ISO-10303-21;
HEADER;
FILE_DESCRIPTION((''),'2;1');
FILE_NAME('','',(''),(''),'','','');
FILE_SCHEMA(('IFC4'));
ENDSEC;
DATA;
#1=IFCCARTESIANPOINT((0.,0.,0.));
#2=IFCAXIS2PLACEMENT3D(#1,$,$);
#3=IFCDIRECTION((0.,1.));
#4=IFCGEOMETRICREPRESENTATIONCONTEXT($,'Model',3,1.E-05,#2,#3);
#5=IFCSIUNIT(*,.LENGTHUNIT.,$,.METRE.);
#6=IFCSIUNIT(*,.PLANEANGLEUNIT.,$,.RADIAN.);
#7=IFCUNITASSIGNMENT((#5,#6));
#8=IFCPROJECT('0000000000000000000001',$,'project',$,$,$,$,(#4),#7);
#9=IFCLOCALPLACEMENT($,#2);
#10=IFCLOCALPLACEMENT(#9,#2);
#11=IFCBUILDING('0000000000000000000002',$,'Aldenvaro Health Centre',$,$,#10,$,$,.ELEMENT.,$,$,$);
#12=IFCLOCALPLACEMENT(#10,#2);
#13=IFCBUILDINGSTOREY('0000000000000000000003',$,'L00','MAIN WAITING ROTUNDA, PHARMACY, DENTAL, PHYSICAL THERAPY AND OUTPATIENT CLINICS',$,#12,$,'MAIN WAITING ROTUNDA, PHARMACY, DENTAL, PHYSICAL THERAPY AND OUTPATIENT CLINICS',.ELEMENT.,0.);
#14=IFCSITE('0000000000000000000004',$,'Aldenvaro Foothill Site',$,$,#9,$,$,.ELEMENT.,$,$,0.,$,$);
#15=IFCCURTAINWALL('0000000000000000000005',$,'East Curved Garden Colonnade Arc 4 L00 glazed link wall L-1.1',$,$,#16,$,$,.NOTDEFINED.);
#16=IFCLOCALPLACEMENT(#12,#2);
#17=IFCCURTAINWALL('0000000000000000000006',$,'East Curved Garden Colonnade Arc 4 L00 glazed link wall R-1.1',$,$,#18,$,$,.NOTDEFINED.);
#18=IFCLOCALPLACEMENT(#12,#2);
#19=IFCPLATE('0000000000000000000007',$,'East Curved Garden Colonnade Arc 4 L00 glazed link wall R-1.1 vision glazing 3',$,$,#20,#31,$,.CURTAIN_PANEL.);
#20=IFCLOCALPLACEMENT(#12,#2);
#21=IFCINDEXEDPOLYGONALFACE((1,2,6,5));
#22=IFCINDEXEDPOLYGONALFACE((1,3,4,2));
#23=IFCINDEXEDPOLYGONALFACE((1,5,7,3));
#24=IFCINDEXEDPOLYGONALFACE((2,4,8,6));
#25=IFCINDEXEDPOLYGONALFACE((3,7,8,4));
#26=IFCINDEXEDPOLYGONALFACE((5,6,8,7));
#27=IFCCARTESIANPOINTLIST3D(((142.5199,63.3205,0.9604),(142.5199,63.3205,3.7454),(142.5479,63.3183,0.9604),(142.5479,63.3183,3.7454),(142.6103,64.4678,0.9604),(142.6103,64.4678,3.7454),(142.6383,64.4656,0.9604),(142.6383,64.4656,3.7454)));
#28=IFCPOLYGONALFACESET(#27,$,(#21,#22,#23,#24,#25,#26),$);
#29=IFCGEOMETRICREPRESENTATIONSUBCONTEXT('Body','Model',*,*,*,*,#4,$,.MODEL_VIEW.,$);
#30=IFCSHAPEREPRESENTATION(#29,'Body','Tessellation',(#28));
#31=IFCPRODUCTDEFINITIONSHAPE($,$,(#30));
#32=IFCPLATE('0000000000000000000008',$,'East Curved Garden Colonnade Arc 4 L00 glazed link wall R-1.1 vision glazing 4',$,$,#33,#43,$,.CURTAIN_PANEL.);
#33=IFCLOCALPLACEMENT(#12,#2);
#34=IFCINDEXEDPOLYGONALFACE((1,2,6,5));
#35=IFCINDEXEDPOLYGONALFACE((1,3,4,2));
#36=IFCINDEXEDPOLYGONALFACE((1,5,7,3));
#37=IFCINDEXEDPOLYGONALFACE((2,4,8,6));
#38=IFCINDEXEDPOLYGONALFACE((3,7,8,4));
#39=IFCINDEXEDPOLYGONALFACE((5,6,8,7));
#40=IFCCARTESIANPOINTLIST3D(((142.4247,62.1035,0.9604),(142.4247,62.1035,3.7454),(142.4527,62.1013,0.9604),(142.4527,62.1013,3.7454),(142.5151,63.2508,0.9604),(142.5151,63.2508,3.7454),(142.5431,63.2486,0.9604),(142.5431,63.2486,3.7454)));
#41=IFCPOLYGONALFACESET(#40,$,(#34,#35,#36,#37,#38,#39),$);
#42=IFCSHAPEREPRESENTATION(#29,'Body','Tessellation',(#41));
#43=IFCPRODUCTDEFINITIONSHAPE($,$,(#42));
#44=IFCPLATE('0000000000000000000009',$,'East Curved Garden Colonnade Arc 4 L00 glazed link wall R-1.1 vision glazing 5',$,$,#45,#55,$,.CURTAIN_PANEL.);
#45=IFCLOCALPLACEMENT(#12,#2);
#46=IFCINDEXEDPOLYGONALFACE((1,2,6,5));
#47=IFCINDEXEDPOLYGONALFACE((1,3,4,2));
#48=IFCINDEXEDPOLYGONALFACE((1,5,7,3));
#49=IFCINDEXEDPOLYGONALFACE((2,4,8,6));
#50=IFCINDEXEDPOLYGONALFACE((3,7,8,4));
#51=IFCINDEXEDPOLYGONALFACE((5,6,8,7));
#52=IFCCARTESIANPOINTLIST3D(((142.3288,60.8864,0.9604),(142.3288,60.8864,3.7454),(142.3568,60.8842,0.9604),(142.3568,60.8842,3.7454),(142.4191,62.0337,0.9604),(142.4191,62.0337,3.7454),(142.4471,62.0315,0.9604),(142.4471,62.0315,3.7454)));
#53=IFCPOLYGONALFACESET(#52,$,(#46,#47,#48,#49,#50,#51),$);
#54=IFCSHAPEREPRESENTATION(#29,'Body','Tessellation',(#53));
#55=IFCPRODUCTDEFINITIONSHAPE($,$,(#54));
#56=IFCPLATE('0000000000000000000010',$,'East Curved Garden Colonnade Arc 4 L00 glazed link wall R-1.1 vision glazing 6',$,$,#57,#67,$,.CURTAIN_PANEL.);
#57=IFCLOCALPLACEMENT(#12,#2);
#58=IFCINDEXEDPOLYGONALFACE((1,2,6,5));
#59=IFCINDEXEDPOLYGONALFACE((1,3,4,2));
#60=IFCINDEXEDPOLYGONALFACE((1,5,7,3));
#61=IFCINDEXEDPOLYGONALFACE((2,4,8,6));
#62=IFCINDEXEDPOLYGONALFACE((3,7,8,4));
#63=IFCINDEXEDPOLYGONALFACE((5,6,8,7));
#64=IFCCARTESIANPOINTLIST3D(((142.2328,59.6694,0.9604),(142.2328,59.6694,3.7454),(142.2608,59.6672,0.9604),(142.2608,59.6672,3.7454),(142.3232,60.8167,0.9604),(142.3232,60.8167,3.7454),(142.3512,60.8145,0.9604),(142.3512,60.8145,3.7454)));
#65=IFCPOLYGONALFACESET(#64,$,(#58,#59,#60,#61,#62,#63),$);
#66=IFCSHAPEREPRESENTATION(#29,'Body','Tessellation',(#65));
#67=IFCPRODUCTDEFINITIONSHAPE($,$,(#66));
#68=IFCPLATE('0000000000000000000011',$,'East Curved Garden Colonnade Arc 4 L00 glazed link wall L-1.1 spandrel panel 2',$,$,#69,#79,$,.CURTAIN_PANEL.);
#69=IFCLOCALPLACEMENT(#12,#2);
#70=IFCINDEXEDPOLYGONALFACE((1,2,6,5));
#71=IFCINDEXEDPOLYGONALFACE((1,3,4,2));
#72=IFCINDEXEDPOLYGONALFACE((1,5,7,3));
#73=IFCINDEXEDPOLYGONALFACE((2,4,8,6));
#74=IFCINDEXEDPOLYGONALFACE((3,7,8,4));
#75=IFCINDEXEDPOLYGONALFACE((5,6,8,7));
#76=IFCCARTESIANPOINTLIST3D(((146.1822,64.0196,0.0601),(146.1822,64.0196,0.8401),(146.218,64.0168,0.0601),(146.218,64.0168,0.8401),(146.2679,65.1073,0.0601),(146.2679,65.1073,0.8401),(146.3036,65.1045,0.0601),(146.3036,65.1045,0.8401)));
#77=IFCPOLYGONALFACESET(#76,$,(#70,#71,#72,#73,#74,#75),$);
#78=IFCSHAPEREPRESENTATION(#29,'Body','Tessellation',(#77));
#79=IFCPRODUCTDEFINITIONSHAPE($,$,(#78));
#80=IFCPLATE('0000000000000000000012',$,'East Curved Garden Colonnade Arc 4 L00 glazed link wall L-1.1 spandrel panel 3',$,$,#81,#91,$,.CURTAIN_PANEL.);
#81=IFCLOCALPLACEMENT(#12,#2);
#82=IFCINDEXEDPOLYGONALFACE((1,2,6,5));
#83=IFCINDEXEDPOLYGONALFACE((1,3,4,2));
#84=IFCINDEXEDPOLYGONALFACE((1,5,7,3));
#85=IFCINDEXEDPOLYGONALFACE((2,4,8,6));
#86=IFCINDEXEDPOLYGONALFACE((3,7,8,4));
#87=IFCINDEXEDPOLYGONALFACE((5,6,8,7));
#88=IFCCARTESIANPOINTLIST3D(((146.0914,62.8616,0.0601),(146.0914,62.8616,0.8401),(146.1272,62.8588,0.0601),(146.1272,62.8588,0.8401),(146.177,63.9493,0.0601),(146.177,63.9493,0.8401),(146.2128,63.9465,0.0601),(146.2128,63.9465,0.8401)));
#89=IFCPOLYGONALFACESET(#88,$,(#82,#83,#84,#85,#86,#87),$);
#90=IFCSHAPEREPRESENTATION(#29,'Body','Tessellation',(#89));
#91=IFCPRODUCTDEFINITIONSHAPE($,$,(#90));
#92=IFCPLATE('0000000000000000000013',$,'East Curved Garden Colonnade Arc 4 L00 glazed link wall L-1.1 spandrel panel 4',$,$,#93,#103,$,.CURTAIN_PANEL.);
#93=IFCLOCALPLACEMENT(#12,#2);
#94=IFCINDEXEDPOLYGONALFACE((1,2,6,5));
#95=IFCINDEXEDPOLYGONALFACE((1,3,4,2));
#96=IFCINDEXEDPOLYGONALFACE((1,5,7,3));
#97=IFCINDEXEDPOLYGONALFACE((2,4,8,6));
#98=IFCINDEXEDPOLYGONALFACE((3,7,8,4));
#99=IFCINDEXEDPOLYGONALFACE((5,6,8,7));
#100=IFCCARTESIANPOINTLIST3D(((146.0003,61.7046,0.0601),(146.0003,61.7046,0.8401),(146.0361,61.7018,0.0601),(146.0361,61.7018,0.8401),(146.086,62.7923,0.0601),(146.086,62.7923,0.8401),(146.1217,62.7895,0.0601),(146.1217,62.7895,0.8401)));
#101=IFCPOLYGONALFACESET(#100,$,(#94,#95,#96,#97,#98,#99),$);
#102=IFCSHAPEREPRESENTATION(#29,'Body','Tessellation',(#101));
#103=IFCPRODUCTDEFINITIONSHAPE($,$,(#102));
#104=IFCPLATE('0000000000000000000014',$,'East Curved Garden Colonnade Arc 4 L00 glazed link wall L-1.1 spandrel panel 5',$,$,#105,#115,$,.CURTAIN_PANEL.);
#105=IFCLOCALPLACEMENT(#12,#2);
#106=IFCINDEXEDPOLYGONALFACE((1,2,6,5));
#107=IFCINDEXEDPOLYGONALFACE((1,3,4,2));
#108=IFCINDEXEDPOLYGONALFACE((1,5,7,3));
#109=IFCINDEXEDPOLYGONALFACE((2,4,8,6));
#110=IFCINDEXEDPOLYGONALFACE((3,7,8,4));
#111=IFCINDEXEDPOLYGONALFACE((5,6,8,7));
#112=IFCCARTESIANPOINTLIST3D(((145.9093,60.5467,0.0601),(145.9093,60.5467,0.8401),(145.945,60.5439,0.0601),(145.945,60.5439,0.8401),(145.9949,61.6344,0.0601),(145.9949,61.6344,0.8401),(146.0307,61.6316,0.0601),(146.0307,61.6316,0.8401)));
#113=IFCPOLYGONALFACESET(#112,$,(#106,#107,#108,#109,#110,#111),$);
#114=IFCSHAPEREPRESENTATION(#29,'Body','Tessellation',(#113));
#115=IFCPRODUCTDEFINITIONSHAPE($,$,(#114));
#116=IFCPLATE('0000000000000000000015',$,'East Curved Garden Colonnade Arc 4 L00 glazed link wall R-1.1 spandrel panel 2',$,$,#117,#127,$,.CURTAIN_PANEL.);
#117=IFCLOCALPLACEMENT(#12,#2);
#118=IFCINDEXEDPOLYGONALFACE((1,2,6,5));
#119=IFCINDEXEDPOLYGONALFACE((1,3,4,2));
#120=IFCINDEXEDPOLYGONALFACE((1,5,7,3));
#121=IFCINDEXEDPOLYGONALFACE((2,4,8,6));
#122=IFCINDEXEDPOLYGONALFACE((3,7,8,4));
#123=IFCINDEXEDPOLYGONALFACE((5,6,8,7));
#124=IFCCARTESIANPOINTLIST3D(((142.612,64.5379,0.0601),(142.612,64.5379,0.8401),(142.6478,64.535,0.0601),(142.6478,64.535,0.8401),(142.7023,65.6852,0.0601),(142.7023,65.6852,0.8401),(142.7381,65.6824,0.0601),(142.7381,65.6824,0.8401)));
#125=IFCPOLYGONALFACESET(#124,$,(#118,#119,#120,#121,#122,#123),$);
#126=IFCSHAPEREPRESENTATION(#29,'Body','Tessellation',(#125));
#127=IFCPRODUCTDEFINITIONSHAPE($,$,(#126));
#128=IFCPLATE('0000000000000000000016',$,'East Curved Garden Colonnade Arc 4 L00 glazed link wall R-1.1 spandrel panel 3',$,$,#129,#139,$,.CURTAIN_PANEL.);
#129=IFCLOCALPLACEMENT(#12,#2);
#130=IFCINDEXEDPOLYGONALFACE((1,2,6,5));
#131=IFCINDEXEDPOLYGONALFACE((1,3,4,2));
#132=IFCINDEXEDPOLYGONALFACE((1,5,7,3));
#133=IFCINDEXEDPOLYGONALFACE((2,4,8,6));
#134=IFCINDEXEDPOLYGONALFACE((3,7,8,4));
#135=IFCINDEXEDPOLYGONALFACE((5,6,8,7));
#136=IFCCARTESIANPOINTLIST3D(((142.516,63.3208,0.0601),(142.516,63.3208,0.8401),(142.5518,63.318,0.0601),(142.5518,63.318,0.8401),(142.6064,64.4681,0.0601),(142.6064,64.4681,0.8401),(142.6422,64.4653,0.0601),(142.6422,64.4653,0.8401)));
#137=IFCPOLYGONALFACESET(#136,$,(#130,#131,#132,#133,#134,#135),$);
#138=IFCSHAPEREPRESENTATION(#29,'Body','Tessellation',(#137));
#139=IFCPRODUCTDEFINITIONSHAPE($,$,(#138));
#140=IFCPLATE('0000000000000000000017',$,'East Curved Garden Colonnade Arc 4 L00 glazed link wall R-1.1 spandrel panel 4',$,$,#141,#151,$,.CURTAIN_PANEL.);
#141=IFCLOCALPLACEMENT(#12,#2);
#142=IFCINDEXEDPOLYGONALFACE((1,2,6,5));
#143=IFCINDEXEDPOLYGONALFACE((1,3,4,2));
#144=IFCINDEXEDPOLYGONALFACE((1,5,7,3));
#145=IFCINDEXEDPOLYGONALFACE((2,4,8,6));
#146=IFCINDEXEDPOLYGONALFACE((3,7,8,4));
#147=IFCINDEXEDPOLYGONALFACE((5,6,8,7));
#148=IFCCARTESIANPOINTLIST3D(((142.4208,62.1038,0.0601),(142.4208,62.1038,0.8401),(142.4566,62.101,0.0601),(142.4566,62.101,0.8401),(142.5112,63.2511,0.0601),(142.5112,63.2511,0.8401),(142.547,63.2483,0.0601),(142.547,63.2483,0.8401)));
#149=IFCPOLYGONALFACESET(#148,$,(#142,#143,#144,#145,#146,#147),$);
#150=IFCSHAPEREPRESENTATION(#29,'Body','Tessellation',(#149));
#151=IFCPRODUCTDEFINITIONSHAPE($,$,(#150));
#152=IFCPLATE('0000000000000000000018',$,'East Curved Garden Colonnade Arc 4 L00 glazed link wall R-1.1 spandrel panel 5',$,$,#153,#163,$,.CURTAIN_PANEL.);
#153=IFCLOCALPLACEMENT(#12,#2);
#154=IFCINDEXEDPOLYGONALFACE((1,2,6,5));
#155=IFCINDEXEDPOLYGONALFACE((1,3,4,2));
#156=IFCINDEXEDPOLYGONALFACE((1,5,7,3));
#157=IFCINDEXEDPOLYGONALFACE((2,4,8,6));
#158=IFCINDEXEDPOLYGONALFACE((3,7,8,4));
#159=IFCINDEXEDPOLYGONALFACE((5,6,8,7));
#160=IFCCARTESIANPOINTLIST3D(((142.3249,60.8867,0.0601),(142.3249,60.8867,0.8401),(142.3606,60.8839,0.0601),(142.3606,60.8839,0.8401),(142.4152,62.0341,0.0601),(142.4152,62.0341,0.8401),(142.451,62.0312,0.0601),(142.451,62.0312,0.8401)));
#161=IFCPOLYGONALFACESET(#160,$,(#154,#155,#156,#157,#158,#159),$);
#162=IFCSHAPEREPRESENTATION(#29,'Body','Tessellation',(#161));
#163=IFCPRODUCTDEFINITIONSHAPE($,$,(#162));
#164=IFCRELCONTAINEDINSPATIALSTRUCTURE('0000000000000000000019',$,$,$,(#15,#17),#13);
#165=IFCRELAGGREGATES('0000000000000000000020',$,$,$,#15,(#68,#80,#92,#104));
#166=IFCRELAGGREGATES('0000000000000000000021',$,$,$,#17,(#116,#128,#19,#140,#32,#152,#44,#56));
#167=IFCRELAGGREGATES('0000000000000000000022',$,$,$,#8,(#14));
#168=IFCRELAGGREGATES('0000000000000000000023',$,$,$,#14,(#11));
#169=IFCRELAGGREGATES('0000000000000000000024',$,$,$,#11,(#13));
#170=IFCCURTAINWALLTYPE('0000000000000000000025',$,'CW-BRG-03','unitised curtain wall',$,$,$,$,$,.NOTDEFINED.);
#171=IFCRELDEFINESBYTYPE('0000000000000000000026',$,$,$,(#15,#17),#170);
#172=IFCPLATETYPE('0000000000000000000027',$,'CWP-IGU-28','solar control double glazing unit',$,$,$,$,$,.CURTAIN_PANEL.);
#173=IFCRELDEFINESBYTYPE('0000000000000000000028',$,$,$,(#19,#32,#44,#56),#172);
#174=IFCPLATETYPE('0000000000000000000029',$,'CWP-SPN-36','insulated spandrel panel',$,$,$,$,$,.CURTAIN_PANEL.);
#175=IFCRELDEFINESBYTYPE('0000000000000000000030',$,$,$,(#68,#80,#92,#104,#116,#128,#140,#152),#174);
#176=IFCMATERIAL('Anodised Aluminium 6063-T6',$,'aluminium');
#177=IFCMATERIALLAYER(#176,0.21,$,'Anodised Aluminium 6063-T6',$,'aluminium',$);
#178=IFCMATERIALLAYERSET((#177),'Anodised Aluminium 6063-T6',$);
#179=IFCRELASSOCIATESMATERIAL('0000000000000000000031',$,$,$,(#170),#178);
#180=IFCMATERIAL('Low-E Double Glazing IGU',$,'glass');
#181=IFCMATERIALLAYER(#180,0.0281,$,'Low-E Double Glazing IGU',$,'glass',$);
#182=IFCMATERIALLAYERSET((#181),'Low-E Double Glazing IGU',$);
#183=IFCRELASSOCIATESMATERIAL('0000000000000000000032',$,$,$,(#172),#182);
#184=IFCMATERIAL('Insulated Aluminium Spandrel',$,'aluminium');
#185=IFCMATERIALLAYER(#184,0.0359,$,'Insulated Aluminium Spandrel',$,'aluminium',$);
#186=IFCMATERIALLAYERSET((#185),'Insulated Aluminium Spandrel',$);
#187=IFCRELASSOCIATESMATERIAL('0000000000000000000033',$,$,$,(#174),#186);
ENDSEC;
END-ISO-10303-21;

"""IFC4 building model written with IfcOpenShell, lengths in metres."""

from ifc_helpers import new_model, si_unit, direction, frame, origin, origin_2d, place, context, subcontext, project, spatial, rectangle, extrude, material, layer, layer_set, type_object, element, aggregate, save


model = new_model("IFC4")

# Units and contexts
model_context = context("Model", 3, precision=1e-05, world=origin(), true_north=direction((0.0, 1.0)))
body_context = subcontext(model_context, "Body", "Model", "MODEL_VIEW")
ifc_project = project(units=[si_unit("LENGTHUNIT", "METRE"), si_unit("PLANEANGLEUNIT", "RADIAN")], contexts=[model_context])

# Site, building, storey
site_placement = place(None, origin())
site = spatial("IfcSite", under=ifc_project, at=site_placement, Name="Aldenvaro Foothill Site", CompositionType="ELEMENT", RefElevation=0.0)
building_placement = place(site_placement, origin())
building = spatial("IfcBuilding", under=site, at=building_placement, Name="Aldenvaro Health Centre", CompositionType="ELEMENT")
storey_placement = place(building_placement, origin())
storey = spatial("IfcBuildingStorey", under=building, at=storey_placement, Name="L00", Description="MAIN WAITING ROTUNDA, PHARMACY, DENTAL, PHYSICAL THERAPY AND OUTPATIENT CLINICS", LongName="MAIN WAITING ROTUNDA, PHARMACY, DENTAL, PHYSICAL THERAPY AND OUTPATIENT CLINICS", CompositionType="ELEMENT", Elevation=0.0)

# Curtain walls
ifc_material_1 = material(Name="Anodised Aluminium 6063-T6", Category="aluminium")
ifc_layer_1 = layer(ifc_material_1, 0.21, Name="Anodised Aluminium 6063-T6", Category="aluminium")
ifc_layer_set_1 = layer_set([ifc_layer_1], Name="Anodised Aluminium 6063-T6")
curtain_wall_type = type_object("IfcCurtainWallType", Name="CW-BRG-03", Description="unitised curtain wall", PredefinedType="NOTDEFINED", material=ifc_layer_set_1)
curtain_wall_1_placement = place(storey_placement, origin())
curtain_wall_1 = element("IfcCurtainWall", 1, at=curtain_wall_1_placement, inside=storey, type_object=curtain_wall_type, Name="East Curved Garden Colonnade Arc 4 L00 glazed link wall L-1.1", PredefinedType="NOTDEFINED")
curtain_wall_2_placement = place(storey_placement, origin())
curtain_wall_2 = element("IfcCurtainWall", 2, at=curtain_wall_2_placement, inside=storey, type_object=curtain_wall_type, Name="East Curved Garden Colonnade Arc 4 L00 glazed link wall R-1.1", PredefinedType="NOTDEFINED")

# Plates
ifc_material_2 = material(Name="Low-E Double Glazing IGU", Category="glass")
ifc_layer_2 = layer(ifc_material_2, 0.0281, Name="Low-E Double Glazing IGU", Category="glass")
ifc_layer_set_2 = layer_set([ifc_layer_2], Name="Low-E Double Glazing IGU")
plate_type_1 = type_object("IfcPlateType", Name="CWP-IGU-28", Description="solar control double glazing unit", PredefinedType="CURTAIN_PANEL", material=ifc_layer_set_2)
plate_1_placement = place(storey_placement, frame((142.5791, 63.8931, 0.9604), z_axis=(0.0, 0.0, 1.0), x_axis=(-0.078513, -0.996913, 0.0)))
plate_1 = element("IfcPlate", 3, at=plate_1_placement, type_object=plate_type_1, Name="East Curved Garden Colonnade Arc 4 L00 glazed link wall R-1.1 vision glazing 3", PredefinedType="CURTAIN_PANEL", context=body_context, shape_type="SweptSolid", body=[
    extrude(rectangle(XDim=1.1509, YDim=0.0281, at=origin_2d()), origin(), (0.0, 0.0, 1.0), 2.7849),
])
plate_2_placement = place(storey_placement, frame((142.4839, 62.676, 0.9604), z_axis=(0.0, 0.0, 1.0), x_axis=(-0.078513, -0.996913, 0.0)))
plate_2 = element("IfcPlate", 4, at=plate_2_placement, type_object=plate_type_1, Name="East Curved Garden Colonnade Arc 4 L00 glazed link wall R-1.1 vision glazing 4", PredefinedType="CURTAIN_PANEL", context=body_context, shape_type="SweptSolid", body=[
    extrude(rectangle(XDim=1.1509, YDim=0.0281, at=origin_2d()), origin(), (0.0, 0.0, 1.0), 2.7849),
])
plate_3_placement = place(storey_placement, frame((142.3879, 61.459, 0.9604), z_axis=(0.0, 0.0, 1.0), x_axis=(-0.078513, -0.996913, 0.0)))
plate_3 = element("IfcPlate", 5, at=plate_3_placement, type_object=plate_type_1, Name="East Curved Garden Colonnade Arc 4 L00 glazed link wall R-1.1 vision glazing 5", PredefinedType="CURTAIN_PANEL", context=body_context, shape_type="SweptSolid", body=[
    extrude(rectangle(XDim=1.1509, YDim=0.0281, at=origin_2d()), origin(), (0.0, 0.0, 1.0), 2.7849),
])
plate_4_placement = place(storey_placement, frame((142.292, 60.2419, 0.9604), z_axis=(0.0, 0.0, 1.0), x_axis=(-0.078513, -0.996913, 0.0)))
plate_4 = element("IfcPlate", 6, at=plate_4_placement, type_object=plate_type_1, Name="East Curved Garden Colonnade Arc 4 L00 glazed link wall R-1.1 vision glazing 6", PredefinedType="CURTAIN_PANEL", context=body_context, shape_type="SweptSolid", body=[
    extrude(rectangle(XDim=1.1509, YDim=0.0281, at=origin_2d()), origin(), (0.0, 0.0, 1.0), 2.7849),
])
ifc_material_3 = material(Name="Insulated Aluminium Spandrel", Category="aluminium")
ifc_layer_3 = layer(ifc_material_3, 0.0359, Name="Insulated Aluminium Spandrel", Category="aluminium")
ifc_layer_set_3 = layer_set([ifc_layer_3], Name="Insulated Aluminium Spandrel")
plate_type_2 = type_object("IfcPlateType", Name="CWP-SPN-36", Description="insulated spandrel panel", PredefinedType="CURTAIN_PANEL", material=ifc_layer_set_3)
plate_5_placement = place(storey_placement, frame((146.2429, 64.562, 0.0601), z_axis=(0.0, 0.0, 1.0), x_axis=(-0.078496, -0.996914, 0.0)))
plate_5 = element("IfcPlate", 7, at=plate_5_placement, type_object=plate_type_2, Name="East Curved Garden Colonnade Arc 4 L00 glazed link wall L-1.1 spandrel panel 2", PredefinedType="CURTAIN_PANEL", context=body_context, shape_type="SweptSolid", body=[
    extrude(rectangle(XDim=1.0911, YDim=0.0359, at=origin_2d()), origin(), (0.0, 0.0, 1.0), 0.78),
])
plate_6_placement = place(storey_placement, frame((146.1521, 63.4041, 0.0601), z_axis=(0.0, 0.0, 1.0), x_axis=(-0.078496, -0.996914, 0.0)))
plate_6 = element("IfcPlate", 8, at=plate_6_placement, type_object=plate_type_2, Name="East Curved Garden Colonnade Arc 4 L00 glazed link wall L-1.1 spandrel panel 3", PredefinedType="CURTAIN_PANEL", context=body_context, shape_type="SweptSolid", body=[
    extrude(rectangle(XDim=1.0911, YDim=0.0359, at=origin_2d()), origin(), (0.0, 0.0, 1.0), 0.78),
])
plate_7_placement = place(storey_placement, frame((146.061, 62.2471, 0.0601), z_axis=(0.0, 0.0, 1.0), x_axis=(-0.078496, -0.996914, 0.0)))
plate_7 = element("IfcPlate", 9, at=plate_7_placement, type_object=plate_type_2, Name="East Curved Garden Colonnade Arc 4 L00 glazed link wall L-1.1 spandrel panel 4", PredefinedType="CURTAIN_PANEL", context=body_context, shape_type="SweptSolid", body=[
    extrude(rectangle(XDim=1.0911, YDim=0.0359, at=origin_2d()), origin(), (0.0, 0.0, 1.0), 0.78),
])
plate_8_placement = place(storey_placement, frame((145.97, 61.0891, 0.0601), z_axis=(0.0, 0.0, 1.0), x_axis=(-0.078496, -0.996914, 0.0)))
plate_8 = element("IfcPlate", 10, at=plate_8_placement, type_object=plate_type_2, Name="East Curved Garden Colonnade Arc 4 L00 glazed link wall L-1.1 spandrel panel 5", PredefinedType="CURTAIN_PANEL", context=body_context, shape_type="SweptSolid", body=[
    extrude(rectangle(XDim=1.0911, YDim=0.0359, at=origin_2d()), origin(), (0.0, 0.0, 1.0), 0.78),
])
aggregate(curtain_wall_1, [plate_5, plate_6, plate_7, plate_8])
plate_9_placement = place(storey_placement, frame((142.675, 65.1101, 0.0601), z_axis=(0.0, 0.0, 1.0), x_axis=(-0.078513, -0.996913, 0.0)))
plate_9 = element("IfcPlate", 11, at=plate_9_placement, type_object=plate_type_2, Name="East Curved Garden Colonnade Arc 4 L00 glazed link wall R-1.1 spandrel panel 2", PredefinedType="CURTAIN_PANEL", context=body_context, shape_type="SweptSolid", body=[
    extrude(rectangle(XDim=1.1509, YDim=0.0359, at=origin_2d()), origin(), (0.0, 0.0, 1.0), 0.78),
])
plate_10_placement = place(storey_placement, frame((142.5791, 63.8931, 0.0601), z_axis=(0.0, 0.0, 1.0), x_axis=(-0.078513, -0.996913, 0.0)))
plate_10 = element("IfcPlate", 12, at=plate_10_placement, type_object=plate_type_2, Name="East Curved Garden Colonnade Arc 4 L00 glazed link wall R-1.1 spandrel panel 3", PredefinedType="CURTAIN_PANEL", context=body_context, shape_type="SweptSolid", body=[
    extrude(rectangle(XDim=1.1509, YDim=0.0359, at=origin_2d()), origin(), (0.0, 0.0, 1.0), 0.78),
])
plate_11_placement = place(storey_placement, frame((142.4839, 62.676, 0.0601), z_axis=(0.0, 0.0, 1.0), x_axis=(-0.078513, -0.996913, 0.0)))
plate_11 = element("IfcPlate", 13, at=plate_11_placement, type_object=plate_type_2, Name="East Curved Garden Colonnade Arc 4 L00 glazed link wall R-1.1 spandrel panel 4", PredefinedType="CURTAIN_PANEL", context=body_context, shape_type="SweptSolid", body=[
    extrude(rectangle(XDim=1.1509, YDim=0.0359, at=origin_2d()), origin(), (0.0, 0.0, 1.0), 0.78),
])
plate_12_placement = place(storey_placement, frame((142.3879, 61.459, 0.0601), z_axis=(0.0, 0.0, 1.0), x_axis=(-0.078513, -0.996913, 0.0)))
plate_12 = element("IfcPlate", 14, at=plate_12_placement, type_object=plate_type_2, Name="East Curved Garden Colonnade Arc 4 L00 glazed link wall R-1.1 spandrel panel 5", PredefinedType="CURTAIN_PANEL", context=body_context, shape_type="SweptSolid", body=[
    extrude(rectangle(XDim=1.1509, YDim=0.0359, at=origin_2d()), origin(), (0.0, 0.0, 1.0), 0.78),
])
aggregate(curtain_wall_2, [plate_9, plate_10, plate_1, plate_11, plate_2, plate_12, plate_3, plate_4])

save(model, "model.ifc")
